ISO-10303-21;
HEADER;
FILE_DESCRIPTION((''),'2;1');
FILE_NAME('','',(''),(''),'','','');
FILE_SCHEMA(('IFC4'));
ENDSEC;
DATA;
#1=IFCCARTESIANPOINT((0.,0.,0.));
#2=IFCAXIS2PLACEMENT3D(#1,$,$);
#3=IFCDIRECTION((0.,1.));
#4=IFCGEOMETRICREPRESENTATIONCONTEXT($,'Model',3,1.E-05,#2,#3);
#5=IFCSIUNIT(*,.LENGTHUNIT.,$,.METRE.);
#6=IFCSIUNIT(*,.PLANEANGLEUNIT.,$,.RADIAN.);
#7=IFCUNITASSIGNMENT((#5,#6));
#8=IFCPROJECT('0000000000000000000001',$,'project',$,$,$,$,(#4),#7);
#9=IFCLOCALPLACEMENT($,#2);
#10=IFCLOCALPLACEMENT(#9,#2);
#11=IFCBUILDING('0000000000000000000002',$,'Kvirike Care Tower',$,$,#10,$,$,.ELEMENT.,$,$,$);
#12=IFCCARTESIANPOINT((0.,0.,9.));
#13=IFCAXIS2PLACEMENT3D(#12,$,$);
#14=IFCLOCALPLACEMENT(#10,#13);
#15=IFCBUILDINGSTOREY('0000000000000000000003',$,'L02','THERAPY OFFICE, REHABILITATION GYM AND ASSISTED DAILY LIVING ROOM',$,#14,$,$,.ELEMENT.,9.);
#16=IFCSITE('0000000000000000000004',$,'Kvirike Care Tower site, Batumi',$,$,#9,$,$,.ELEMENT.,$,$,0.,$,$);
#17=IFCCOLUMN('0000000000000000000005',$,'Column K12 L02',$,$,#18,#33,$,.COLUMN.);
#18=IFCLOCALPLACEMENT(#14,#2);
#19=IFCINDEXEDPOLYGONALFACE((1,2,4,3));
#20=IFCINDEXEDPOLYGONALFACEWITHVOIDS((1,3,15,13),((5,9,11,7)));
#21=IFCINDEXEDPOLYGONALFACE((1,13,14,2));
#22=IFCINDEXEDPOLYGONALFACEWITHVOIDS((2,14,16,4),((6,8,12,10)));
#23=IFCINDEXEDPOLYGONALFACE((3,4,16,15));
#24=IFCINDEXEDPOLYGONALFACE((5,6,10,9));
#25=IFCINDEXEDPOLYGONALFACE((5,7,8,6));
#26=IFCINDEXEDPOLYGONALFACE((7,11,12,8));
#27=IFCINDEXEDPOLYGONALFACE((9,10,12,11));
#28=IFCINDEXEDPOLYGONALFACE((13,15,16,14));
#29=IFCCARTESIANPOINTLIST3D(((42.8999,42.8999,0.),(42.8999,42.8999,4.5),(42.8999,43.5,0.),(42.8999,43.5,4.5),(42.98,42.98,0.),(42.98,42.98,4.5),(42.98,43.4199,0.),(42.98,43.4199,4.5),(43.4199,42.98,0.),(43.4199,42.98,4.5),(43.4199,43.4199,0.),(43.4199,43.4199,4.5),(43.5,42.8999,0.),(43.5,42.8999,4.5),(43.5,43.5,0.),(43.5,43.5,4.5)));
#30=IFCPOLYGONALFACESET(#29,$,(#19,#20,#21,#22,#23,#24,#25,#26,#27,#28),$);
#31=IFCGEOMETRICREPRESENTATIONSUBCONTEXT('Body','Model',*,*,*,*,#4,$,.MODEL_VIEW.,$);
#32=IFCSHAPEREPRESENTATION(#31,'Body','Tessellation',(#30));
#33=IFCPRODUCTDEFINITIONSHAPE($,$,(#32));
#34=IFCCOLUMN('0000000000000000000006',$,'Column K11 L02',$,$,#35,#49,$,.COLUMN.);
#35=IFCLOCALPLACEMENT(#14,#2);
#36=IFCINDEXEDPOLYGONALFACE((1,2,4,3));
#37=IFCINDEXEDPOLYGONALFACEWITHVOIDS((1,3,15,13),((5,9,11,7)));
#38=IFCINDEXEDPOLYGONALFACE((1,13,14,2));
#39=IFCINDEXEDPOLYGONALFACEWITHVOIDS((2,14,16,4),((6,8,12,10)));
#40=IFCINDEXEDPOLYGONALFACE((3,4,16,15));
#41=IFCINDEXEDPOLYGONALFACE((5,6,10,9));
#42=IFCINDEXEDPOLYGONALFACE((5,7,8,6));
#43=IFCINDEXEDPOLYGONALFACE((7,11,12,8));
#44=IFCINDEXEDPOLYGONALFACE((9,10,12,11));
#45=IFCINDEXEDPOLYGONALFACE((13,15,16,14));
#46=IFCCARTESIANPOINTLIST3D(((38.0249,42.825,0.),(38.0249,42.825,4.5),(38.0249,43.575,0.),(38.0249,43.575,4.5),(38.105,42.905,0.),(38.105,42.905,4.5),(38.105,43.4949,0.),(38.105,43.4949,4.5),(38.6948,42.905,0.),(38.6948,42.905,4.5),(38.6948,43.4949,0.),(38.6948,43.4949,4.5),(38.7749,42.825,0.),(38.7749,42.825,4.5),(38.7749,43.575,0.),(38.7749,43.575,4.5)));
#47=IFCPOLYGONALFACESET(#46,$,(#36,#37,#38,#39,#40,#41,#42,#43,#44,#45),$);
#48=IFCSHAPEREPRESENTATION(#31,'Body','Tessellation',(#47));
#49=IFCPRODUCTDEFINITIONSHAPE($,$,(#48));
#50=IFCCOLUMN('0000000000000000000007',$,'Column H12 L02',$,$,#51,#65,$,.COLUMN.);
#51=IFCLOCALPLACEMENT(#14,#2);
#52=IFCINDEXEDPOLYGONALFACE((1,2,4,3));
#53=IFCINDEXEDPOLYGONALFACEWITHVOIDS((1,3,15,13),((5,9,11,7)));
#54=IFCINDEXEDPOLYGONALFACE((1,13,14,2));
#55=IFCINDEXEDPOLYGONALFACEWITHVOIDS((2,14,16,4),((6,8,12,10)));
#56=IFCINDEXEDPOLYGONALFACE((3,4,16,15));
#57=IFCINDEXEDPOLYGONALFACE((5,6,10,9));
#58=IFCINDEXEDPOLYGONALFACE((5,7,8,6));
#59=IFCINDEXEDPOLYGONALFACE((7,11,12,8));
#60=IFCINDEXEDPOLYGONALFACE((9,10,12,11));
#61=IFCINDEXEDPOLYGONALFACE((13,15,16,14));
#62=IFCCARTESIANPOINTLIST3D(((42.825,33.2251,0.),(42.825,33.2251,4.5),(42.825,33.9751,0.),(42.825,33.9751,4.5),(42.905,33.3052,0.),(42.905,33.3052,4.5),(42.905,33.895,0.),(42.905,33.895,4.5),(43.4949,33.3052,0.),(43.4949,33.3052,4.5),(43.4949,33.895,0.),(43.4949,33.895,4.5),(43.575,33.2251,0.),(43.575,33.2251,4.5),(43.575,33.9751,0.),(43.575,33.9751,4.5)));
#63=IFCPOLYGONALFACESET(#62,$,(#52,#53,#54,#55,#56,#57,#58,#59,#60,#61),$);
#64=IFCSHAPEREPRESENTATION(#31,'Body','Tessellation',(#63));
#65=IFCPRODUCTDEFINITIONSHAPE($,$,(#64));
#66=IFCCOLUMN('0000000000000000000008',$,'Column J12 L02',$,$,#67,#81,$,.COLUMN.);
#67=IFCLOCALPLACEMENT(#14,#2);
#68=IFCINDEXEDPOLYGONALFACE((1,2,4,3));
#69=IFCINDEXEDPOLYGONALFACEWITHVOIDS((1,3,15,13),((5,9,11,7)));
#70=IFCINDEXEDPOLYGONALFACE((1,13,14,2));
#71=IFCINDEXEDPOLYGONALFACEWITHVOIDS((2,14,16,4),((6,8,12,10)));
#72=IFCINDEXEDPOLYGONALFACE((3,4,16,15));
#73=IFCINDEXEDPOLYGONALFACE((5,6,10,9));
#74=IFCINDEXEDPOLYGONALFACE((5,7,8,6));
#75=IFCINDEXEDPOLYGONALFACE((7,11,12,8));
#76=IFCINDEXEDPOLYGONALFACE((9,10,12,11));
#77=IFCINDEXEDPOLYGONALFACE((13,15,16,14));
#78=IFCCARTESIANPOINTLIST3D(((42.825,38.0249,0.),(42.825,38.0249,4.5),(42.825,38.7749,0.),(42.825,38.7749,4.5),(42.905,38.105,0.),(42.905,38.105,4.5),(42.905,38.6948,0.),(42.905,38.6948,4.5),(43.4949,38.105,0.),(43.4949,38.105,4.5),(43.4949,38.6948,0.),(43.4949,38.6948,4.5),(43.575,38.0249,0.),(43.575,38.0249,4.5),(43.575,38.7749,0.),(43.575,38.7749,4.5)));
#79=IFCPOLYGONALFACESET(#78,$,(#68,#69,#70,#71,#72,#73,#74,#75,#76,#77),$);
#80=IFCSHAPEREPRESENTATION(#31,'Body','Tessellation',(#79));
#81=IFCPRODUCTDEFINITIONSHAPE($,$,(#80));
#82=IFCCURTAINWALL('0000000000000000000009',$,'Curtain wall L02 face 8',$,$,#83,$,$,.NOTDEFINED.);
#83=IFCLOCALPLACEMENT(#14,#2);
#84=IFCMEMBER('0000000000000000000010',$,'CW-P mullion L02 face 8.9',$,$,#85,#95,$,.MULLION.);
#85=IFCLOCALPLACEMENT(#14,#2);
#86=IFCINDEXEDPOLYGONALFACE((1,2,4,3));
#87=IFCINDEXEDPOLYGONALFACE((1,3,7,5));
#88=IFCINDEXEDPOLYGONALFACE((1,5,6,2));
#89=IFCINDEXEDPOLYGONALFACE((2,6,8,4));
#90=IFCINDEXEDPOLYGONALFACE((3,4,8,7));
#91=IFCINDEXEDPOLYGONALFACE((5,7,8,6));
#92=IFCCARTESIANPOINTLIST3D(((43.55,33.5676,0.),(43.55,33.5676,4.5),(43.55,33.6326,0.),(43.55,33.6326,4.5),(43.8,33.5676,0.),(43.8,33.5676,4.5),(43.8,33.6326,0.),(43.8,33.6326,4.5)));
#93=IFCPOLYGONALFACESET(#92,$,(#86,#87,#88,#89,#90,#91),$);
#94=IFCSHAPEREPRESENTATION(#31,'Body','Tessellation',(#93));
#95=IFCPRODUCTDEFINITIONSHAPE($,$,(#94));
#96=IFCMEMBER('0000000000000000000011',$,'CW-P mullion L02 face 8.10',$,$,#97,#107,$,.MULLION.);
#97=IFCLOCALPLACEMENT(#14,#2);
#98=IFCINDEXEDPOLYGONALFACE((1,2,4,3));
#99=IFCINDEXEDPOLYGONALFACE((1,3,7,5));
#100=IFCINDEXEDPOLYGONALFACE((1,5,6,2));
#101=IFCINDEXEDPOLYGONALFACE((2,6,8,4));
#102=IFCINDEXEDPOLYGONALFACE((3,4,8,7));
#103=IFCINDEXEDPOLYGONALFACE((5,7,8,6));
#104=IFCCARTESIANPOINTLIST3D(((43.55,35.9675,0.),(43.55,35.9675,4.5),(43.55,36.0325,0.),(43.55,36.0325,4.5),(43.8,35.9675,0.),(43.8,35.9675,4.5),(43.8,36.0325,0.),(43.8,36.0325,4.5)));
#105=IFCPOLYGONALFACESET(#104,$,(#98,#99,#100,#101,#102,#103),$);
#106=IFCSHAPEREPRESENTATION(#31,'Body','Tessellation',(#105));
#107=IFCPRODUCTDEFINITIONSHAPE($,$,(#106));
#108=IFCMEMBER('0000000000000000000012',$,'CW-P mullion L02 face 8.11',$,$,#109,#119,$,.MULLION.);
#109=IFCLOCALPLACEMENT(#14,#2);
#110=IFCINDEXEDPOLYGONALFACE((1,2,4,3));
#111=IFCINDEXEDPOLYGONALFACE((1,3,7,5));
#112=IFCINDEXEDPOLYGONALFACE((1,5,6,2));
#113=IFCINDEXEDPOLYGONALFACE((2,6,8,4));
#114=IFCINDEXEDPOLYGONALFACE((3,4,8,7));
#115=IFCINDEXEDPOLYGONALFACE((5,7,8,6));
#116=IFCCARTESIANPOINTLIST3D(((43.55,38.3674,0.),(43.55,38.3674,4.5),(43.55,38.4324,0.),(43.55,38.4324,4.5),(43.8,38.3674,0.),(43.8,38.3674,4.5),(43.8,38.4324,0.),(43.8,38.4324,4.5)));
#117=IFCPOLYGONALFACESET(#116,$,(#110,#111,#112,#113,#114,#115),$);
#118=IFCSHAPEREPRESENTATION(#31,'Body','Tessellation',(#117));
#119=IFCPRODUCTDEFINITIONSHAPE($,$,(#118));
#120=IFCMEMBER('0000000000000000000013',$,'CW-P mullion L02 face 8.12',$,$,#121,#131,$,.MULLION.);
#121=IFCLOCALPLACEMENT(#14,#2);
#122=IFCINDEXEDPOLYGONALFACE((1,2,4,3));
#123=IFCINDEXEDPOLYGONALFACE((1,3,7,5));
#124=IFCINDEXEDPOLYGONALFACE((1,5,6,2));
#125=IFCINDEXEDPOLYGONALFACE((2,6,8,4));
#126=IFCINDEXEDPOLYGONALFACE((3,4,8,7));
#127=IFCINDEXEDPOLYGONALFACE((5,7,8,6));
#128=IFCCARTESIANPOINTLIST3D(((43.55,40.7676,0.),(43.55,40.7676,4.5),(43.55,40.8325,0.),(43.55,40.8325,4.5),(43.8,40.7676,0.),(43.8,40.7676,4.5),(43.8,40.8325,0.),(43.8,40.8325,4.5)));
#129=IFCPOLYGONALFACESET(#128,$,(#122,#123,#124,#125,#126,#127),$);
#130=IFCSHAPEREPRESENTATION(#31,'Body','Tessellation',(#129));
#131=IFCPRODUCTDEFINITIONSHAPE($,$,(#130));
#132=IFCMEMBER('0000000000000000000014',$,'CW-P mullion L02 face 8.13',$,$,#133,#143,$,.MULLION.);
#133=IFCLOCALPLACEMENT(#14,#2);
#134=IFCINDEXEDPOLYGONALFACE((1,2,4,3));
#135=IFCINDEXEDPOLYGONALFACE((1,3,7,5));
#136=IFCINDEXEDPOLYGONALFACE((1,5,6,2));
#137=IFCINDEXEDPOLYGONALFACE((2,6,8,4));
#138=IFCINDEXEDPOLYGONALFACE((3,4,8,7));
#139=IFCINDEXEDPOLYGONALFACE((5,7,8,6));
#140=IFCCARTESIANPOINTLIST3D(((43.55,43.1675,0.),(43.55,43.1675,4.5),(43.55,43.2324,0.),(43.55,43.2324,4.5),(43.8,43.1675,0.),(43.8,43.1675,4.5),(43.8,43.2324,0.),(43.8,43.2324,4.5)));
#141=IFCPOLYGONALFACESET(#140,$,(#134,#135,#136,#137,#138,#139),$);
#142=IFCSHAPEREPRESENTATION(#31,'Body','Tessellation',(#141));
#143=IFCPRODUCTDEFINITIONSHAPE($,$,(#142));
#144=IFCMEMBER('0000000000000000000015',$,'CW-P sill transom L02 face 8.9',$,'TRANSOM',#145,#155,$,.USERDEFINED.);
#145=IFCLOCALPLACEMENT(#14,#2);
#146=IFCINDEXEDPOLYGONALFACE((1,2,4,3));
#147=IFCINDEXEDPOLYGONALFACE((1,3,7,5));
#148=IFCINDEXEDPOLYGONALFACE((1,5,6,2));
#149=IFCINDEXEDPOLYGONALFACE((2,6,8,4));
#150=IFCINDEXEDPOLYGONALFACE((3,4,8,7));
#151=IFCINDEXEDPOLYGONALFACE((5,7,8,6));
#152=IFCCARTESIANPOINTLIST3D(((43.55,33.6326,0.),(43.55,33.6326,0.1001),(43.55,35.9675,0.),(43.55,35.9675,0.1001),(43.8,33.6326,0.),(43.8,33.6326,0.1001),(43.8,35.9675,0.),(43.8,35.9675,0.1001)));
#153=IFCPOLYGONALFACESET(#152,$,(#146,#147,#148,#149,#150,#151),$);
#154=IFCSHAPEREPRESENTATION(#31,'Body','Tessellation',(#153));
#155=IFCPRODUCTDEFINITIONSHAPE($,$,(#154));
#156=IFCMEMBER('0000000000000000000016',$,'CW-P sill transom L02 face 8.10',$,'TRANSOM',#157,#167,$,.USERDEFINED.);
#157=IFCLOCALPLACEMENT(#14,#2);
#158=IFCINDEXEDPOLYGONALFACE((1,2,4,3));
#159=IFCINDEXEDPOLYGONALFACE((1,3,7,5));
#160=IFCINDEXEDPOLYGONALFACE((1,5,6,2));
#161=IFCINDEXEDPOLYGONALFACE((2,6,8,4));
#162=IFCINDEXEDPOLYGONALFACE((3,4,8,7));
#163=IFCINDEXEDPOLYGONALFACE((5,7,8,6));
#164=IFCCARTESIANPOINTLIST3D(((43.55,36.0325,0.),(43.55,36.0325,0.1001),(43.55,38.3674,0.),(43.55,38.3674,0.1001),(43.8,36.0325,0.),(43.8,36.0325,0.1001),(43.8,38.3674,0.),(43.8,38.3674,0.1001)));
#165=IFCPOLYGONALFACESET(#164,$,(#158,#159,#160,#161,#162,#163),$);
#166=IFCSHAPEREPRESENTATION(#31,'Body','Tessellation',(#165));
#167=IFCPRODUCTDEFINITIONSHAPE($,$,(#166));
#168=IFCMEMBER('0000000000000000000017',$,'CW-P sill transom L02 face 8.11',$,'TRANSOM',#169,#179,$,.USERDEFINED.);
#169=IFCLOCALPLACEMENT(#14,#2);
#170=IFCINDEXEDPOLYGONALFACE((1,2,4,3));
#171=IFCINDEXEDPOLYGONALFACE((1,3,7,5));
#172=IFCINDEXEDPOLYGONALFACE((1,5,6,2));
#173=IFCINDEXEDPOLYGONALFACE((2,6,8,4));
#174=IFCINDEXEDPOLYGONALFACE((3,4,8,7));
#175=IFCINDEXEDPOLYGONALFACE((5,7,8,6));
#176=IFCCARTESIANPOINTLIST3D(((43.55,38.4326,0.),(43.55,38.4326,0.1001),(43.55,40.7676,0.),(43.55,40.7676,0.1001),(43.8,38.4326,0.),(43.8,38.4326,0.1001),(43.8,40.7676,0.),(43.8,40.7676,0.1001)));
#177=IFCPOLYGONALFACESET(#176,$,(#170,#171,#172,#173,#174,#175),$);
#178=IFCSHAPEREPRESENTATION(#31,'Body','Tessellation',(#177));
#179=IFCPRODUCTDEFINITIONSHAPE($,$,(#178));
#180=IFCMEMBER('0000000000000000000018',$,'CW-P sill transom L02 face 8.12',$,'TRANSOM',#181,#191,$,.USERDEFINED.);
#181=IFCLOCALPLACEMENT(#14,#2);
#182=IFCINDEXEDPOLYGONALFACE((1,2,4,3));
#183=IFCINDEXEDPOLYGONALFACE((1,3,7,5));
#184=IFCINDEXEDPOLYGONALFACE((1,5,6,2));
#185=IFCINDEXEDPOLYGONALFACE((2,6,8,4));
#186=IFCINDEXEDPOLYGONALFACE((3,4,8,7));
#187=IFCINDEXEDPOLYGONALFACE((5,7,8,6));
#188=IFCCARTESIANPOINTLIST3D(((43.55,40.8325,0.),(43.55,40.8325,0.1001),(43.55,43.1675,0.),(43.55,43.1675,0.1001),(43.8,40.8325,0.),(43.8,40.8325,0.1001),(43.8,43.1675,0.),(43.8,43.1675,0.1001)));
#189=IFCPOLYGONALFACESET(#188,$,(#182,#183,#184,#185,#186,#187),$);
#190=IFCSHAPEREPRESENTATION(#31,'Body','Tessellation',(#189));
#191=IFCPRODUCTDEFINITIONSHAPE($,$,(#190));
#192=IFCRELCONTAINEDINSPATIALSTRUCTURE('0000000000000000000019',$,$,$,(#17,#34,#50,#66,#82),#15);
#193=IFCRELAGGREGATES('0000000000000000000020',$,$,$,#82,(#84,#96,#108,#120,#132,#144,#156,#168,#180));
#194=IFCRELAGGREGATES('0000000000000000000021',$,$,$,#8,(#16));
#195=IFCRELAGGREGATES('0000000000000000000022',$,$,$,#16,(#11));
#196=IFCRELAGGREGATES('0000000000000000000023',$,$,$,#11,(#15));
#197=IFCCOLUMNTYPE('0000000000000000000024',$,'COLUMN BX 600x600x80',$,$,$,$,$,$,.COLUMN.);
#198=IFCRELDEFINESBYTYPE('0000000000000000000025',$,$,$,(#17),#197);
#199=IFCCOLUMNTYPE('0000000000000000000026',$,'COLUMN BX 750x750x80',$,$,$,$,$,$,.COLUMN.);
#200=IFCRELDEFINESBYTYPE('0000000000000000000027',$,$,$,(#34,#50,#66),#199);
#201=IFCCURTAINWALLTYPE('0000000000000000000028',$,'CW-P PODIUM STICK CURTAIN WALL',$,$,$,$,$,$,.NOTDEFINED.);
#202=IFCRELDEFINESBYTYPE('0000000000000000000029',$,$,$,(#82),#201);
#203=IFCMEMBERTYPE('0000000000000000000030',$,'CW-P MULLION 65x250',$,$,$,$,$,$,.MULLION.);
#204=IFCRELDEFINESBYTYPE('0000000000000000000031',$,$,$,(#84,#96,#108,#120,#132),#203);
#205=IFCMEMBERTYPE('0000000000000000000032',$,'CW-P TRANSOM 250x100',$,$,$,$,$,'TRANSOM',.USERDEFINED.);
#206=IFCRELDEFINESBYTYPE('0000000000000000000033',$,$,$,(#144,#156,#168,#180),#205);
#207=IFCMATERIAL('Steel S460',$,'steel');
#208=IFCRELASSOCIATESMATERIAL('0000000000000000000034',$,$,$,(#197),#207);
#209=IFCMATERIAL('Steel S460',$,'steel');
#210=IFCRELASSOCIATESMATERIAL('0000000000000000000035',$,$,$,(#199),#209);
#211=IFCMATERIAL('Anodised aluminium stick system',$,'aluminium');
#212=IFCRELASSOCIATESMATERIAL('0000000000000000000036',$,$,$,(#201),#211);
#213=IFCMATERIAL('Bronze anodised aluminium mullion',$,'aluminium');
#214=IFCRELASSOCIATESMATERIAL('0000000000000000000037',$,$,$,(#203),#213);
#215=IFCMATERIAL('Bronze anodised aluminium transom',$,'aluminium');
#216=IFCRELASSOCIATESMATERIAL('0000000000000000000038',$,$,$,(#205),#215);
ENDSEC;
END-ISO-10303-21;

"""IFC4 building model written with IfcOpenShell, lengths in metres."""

from ifc_helpers import new_model, si_unit, direction, frame, origin, origin_2d, place, context, subcontext, project, spatial, rectangle, hollow_rectangle, extrude, material, material_profile, profile_set, type_object, element, aggregate, save


model = new_model("IFC4")

# Units and contexts
model_context = context("Model", 3, precision=1e-05, world=origin(), true_north=direction((0.0, 1.0)))
body_context = subcontext(model_context, "Body", "Model", "MODEL_VIEW")
ifc_project = project(units=[si_unit("LENGTHUNIT", "METRE"), si_unit("PLANEANGLEUNIT", "RADIAN")], contexts=[model_context])

# Site, building, storey
site_placement = place(None, origin())
site = spatial("IfcSite", under=ifc_project, at=site_placement, Name="Kvirike Care Tower site, Batumi", CompositionType="ELEMENT", RefElevation=0.0)
building_placement = place(site_placement, origin())
building = spatial("IfcBuilding", under=site, at=building_placement, Name="Kvirike Care Tower", CompositionType="ELEMENT")
storey_placement = place(building_placement, frame((0.0, 0.0, 9.0)))
storey = spatial("IfcBuildingStorey", under=building, at=storey_placement, Name="L02", Description="THERAPY OFFICE, REHABILITATION GYM AND ASSISTED DAILY LIVING ROOM", CompositionType="ELEMENT", Elevation=9.0)

# Columns
ifc_material_1 = material(Name="Steel S460", Category="steel")
ifc_material_profile_1 = material_profile(ifc_material_1, hollow_rectangle(XDim=0.6001, YDim=0.6001, WallThickness=0.0801, at=origin_2d()), Name="BX 600x600x80")
ifc_profile_set_1 = profile_set([ifc_material_profile_1], Name="Steel S460")
column_type_1 = type_object("IfcColumnType", Name="COLUMN BX 600x600x80", PredefinedType="COLUMN", material=ifc_profile_set_1)
column_placement = place(storey_placement, frame((43.2, 43.2, 0.0), z_axis=(0.0, 0.0, 1.0), x_axis=(0.0, 1.0, 0.0)))
element("IfcColumn", 1, at=column_placement, inside=storey, type_object=column_type_1, Name="Column K12 L02", PredefinedType="COLUMN", context=body_context, shape_type="SweptSolid", body=[
    extrude(hollow_rectangle(XDim=0.6001, YDim=0.6001, WallThickness=0.0801, at=origin_2d()), origin(), (0.0, 0.0, 1.0), 4.5),
])
ifc_material_2 = material(Name="Steel S460", Category="steel")
ifc_material_profile_2 = material_profile(ifc_material_2, hollow_rectangle(XDim=0.75, YDim=0.75, WallThickness=0.0801, at=origin_2d()), Name="BX 750x750x80")
ifc_profile_set_2 = profile_set([ifc_material_profile_2], Name="Steel S460")
column_type_2 = type_object("IfcColumnType", Name="COLUMN BX 750x750x80", PredefinedType="COLUMN", material=ifc_profile_set_2)
for number, where, z_axis, x_axis, name in (
    (2, (38.3999, 43.2, 0.0), (0.0, 0.0, 1.0), (0.0, 1.0, 0.0), "Column K11 L02"),
    (3, (43.2, 33.6001, 0.0), (0.0, 0.0, 1.0), (1.0, 0.0, 0.0), "Column H12 L02"),
    (4, (43.2, 38.3999, 0.0), (0.0, 0.0, 1.0), (1.0, 0.0, 0.0), "Column J12 L02"),
):
    element("IfcColumn", number, at=place(storey_placement, frame(where, z_axis=z_axis, x_axis=x_axis)), inside=storey, type_object=column_type_2, Name=name, PredefinedType="COLUMN", context=body_context, shape_type="SweptSolid", body=[
        extrude(hollow_rectangle(XDim=0.75, YDim=0.75, WallThickness=0.0801, at=origin_2d()), origin(), (0.0, 0.0, 1.0), 4.5),
    ])

# Curtain wall, members
ifc_material_3 = material(Name="Anodised aluminium stick system", Category="aluminium")
curtain_wall_type = type_object("IfcCurtainWallType", Name="CW-P PODIUM STICK CURTAIN WALL", PredefinedType="NOTDEFINED", material=ifc_material_3)
curtain_wall_placement = place(storey_placement, origin())
curtain_wall = element("IfcCurtainWall", 5, at=curtain_wall_placement, inside=storey, type_object=curtain_wall_type, Name="Curtain wall L02 face 8", PredefinedType="NOTDEFINED")
ifc_material_4 = material(Name="Bronze anodised aluminium mullion", Category="aluminium")
ifc_material_profile_3 = material_profile(ifc_material_4, rectangle(XDim=0.0649, YDim=0.25, at=origin_2d()), Name="CW-P MULLION 65x250")
ifc_profile_set_3 = profile_set([ifc_material_profile_3], Name="Bronze anodised aluminium mullion")
member_type_1 = type_object("IfcMemberType", Name="CW-P MULLION 65x250", PredefinedType="MULLION", material=ifc_profile_set_3)
member_1_placement = place(storey_placement, frame((43.675, 33.6001, 0.0), z_axis=(0.0, 0.0, 1.0), x_axis=(0.0, 1.0, 0.0)))
member_1 = element("IfcMember", 6, at=member_1_placement, type_object=member_type_1, Name="CW-P mullion L02 face 8.9", PredefinedType="MULLION", context=body_context, shape_type="SweptSolid", body=[
    extrude(rectangle(XDim=0.0649, YDim=0.25, at=origin_2d()), origin(), (0.0, 0.0, 1.0), 4.5),
])
member_2_placement = place(storey_placement, frame((43.675, 36.0, 0.0), z_axis=(0.0, 0.0, 1.0), x_axis=(0.0, 1.0, 0.0)))
member_2 = element("IfcMember", 7, at=member_2_placement, type_object=member_type_1, Name="CW-P mullion L02 face 8.10", PredefinedType="MULLION", context=body_context, shape_type="SweptSolid", body=[
    extrude(rectangle(XDim=0.0649, YDim=0.25, at=origin_2d()), origin(), (0.0, 0.0, 1.0), 4.5),
])
member_3_placement = place(storey_placement, frame((43.675, 38.3999, 0.0), z_axis=(0.0, 0.0, 1.0), x_axis=(0.0, 1.0, 0.0)))
member_3 = element("IfcMember", 8, at=member_3_placement, type_object=member_type_1, Name="CW-P mullion L02 face 8.11", PredefinedType="MULLION", context=body_context, shape_type="SweptSolid", body=[
    extrude(rectangle(XDim=0.0649, YDim=0.25, at=origin_2d()), origin(), (0.0, 0.0, 1.0), 4.5),
])
member_4_placement = place(storey_placement, frame((43.675, 40.8, 0.0), z_axis=(0.0, 0.0, 1.0), x_axis=(0.0, 1.0, 0.0)))
member_4 = element("IfcMember", 9, at=member_4_placement, type_object=member_type_1, Name="CW-P mullion L02 face 8.12", PredefinedType="MULLION", context=body_context, shape_type="SweptSolid", body=[
    extrude(rectangle(XDim=0.0649, YDim=0.25, at=origin_2d()), origin(), (0.0, 0.0, 1.0), 4.5),
])
member_5_placement = place(storey_placement, frame((43.675, 43.2, 0.0), z_axis=(0.0, 0.0, 1.0), x_axis=(0.0, 1.0, 0.0)))
member_5 = element("IfcMember", 10, at=member_5_placement, type_object=member_type_1, Name="CW-P mullion L02 face 8.13", PredefinedType="MULLION", context=body_context, shape_type="SweptSolid", body=[
    extrude(rectangle(XDim=0.0649, YDim=0.25, at=origin_2d()), origin(), (0.0, 0.0, 1.0), 4.5),
])
ifc_material_5 = material(Name="Bronze anodised aluminium transom", Category="aluminium")
ifc_material_profile_4 = material_profile(ifc_material_5, rectangle(XDim=0.25, YDim=0.1001, at=origin_2d()), Name="CW-P TRANSOM 250x100")
ifc_profile_set_4 = profile_set([ifc_material_profile_4], Name="Bronze anodised aluminium transom")
member_type_2 = type_object("IfcMemberType", Name="CW-P TRANSOM 250x100", ElementType="TRANSOM", PredefinedType="USERDEFINED", material=ifc_profile_set_4)
member_6_placement = place(storey_placement, frame((43.675, 33.6326, 0.05), z_axis=(0.0, 1.0, 0.0), x_axis=(-1.0, 0.0, 0.0)))
member_6 = element("IfcMember", 11, at=member_6_placement, type_object=member_type_2, Name="CW-P sill transom L02 face 8.9", ObjectType="TRANSOM", PredefinedType="USERDEFINED", context=body_context, shape_type="SweptSolid", body=[
    extrude(rectangle(XDim=0.25, YDim=0.1001, at=origin_2d()), origin(), (0.0, 0.0, 1.0), 2.335),
])
member_7_placement = place(storey_placement, frame((43.675, 36.0325, 0.05), z_axis=(0.0, 1.0, 0.0), x_axis=(-1.0, 0.0, 0.0)))
member_7 = element("IfcMember", 12, at=member_7_placement, type_object=member_type_2, Name="CW-P sill transom L02 face 8.10", ObjectType="TRANSOM", PredefinedType="USERDEFINED", context=body_context, shape_type="SweptSolid", body=[
    extrude(rectangle(XDim=0.25, YDim=0.1001, at=origin_2d()), origin(), (0.0, 0.0, 1.0), 2.335),
])
member_8_placement = place(storey_placement, frame((43.675, 38.4326, 0.05), z_axis=(0.0, 1.0, 0.0), x_axis=(-1.0, 0.0, 0.0)))
member_8 = element("IfcMember", 13, at=member_8_placement, type_object=member_type_2, Name="CW-P sill transom L02 face 8.11", ObjectType="TRANSOM", PredefinedType="USERDEFINED", context=body_context, shape_type="SweptSolid", body=[
    extrude(rectangle(XDim=0.25, YDim=0.1001, at=origin_2d()), origin(), (0.0, 0.0, 1.0), 2.335),
])
member_9_placement = place(storey_placement, frame((43.675, 40.8325, 0.05), z_axis=(0.0, 1.0, 0.0), x_axis=(-1.0, 0.0, 0.0)))
member_9 = element("IfcMember", 14, at=member_9_placement, type_object=member_type_2, Name="CW-P sill transom L02 face 8.12", ObjectType="TRANSOM", PredefinedType="USERDEFINED", context=body_context, shape_type="SweptSolid", body=[
    extrude(rectangle(XDim=0.25, YDim=0.1001, at=origin_2d()), origin(), (0.0, 0.0, 1.0), 2.335),
])

aggregate(curtain_wall, [member_1, member_2, member_3, member_4, member_5, member_6, member_7, member_8, member_9])

save(model, "model.ifc")
